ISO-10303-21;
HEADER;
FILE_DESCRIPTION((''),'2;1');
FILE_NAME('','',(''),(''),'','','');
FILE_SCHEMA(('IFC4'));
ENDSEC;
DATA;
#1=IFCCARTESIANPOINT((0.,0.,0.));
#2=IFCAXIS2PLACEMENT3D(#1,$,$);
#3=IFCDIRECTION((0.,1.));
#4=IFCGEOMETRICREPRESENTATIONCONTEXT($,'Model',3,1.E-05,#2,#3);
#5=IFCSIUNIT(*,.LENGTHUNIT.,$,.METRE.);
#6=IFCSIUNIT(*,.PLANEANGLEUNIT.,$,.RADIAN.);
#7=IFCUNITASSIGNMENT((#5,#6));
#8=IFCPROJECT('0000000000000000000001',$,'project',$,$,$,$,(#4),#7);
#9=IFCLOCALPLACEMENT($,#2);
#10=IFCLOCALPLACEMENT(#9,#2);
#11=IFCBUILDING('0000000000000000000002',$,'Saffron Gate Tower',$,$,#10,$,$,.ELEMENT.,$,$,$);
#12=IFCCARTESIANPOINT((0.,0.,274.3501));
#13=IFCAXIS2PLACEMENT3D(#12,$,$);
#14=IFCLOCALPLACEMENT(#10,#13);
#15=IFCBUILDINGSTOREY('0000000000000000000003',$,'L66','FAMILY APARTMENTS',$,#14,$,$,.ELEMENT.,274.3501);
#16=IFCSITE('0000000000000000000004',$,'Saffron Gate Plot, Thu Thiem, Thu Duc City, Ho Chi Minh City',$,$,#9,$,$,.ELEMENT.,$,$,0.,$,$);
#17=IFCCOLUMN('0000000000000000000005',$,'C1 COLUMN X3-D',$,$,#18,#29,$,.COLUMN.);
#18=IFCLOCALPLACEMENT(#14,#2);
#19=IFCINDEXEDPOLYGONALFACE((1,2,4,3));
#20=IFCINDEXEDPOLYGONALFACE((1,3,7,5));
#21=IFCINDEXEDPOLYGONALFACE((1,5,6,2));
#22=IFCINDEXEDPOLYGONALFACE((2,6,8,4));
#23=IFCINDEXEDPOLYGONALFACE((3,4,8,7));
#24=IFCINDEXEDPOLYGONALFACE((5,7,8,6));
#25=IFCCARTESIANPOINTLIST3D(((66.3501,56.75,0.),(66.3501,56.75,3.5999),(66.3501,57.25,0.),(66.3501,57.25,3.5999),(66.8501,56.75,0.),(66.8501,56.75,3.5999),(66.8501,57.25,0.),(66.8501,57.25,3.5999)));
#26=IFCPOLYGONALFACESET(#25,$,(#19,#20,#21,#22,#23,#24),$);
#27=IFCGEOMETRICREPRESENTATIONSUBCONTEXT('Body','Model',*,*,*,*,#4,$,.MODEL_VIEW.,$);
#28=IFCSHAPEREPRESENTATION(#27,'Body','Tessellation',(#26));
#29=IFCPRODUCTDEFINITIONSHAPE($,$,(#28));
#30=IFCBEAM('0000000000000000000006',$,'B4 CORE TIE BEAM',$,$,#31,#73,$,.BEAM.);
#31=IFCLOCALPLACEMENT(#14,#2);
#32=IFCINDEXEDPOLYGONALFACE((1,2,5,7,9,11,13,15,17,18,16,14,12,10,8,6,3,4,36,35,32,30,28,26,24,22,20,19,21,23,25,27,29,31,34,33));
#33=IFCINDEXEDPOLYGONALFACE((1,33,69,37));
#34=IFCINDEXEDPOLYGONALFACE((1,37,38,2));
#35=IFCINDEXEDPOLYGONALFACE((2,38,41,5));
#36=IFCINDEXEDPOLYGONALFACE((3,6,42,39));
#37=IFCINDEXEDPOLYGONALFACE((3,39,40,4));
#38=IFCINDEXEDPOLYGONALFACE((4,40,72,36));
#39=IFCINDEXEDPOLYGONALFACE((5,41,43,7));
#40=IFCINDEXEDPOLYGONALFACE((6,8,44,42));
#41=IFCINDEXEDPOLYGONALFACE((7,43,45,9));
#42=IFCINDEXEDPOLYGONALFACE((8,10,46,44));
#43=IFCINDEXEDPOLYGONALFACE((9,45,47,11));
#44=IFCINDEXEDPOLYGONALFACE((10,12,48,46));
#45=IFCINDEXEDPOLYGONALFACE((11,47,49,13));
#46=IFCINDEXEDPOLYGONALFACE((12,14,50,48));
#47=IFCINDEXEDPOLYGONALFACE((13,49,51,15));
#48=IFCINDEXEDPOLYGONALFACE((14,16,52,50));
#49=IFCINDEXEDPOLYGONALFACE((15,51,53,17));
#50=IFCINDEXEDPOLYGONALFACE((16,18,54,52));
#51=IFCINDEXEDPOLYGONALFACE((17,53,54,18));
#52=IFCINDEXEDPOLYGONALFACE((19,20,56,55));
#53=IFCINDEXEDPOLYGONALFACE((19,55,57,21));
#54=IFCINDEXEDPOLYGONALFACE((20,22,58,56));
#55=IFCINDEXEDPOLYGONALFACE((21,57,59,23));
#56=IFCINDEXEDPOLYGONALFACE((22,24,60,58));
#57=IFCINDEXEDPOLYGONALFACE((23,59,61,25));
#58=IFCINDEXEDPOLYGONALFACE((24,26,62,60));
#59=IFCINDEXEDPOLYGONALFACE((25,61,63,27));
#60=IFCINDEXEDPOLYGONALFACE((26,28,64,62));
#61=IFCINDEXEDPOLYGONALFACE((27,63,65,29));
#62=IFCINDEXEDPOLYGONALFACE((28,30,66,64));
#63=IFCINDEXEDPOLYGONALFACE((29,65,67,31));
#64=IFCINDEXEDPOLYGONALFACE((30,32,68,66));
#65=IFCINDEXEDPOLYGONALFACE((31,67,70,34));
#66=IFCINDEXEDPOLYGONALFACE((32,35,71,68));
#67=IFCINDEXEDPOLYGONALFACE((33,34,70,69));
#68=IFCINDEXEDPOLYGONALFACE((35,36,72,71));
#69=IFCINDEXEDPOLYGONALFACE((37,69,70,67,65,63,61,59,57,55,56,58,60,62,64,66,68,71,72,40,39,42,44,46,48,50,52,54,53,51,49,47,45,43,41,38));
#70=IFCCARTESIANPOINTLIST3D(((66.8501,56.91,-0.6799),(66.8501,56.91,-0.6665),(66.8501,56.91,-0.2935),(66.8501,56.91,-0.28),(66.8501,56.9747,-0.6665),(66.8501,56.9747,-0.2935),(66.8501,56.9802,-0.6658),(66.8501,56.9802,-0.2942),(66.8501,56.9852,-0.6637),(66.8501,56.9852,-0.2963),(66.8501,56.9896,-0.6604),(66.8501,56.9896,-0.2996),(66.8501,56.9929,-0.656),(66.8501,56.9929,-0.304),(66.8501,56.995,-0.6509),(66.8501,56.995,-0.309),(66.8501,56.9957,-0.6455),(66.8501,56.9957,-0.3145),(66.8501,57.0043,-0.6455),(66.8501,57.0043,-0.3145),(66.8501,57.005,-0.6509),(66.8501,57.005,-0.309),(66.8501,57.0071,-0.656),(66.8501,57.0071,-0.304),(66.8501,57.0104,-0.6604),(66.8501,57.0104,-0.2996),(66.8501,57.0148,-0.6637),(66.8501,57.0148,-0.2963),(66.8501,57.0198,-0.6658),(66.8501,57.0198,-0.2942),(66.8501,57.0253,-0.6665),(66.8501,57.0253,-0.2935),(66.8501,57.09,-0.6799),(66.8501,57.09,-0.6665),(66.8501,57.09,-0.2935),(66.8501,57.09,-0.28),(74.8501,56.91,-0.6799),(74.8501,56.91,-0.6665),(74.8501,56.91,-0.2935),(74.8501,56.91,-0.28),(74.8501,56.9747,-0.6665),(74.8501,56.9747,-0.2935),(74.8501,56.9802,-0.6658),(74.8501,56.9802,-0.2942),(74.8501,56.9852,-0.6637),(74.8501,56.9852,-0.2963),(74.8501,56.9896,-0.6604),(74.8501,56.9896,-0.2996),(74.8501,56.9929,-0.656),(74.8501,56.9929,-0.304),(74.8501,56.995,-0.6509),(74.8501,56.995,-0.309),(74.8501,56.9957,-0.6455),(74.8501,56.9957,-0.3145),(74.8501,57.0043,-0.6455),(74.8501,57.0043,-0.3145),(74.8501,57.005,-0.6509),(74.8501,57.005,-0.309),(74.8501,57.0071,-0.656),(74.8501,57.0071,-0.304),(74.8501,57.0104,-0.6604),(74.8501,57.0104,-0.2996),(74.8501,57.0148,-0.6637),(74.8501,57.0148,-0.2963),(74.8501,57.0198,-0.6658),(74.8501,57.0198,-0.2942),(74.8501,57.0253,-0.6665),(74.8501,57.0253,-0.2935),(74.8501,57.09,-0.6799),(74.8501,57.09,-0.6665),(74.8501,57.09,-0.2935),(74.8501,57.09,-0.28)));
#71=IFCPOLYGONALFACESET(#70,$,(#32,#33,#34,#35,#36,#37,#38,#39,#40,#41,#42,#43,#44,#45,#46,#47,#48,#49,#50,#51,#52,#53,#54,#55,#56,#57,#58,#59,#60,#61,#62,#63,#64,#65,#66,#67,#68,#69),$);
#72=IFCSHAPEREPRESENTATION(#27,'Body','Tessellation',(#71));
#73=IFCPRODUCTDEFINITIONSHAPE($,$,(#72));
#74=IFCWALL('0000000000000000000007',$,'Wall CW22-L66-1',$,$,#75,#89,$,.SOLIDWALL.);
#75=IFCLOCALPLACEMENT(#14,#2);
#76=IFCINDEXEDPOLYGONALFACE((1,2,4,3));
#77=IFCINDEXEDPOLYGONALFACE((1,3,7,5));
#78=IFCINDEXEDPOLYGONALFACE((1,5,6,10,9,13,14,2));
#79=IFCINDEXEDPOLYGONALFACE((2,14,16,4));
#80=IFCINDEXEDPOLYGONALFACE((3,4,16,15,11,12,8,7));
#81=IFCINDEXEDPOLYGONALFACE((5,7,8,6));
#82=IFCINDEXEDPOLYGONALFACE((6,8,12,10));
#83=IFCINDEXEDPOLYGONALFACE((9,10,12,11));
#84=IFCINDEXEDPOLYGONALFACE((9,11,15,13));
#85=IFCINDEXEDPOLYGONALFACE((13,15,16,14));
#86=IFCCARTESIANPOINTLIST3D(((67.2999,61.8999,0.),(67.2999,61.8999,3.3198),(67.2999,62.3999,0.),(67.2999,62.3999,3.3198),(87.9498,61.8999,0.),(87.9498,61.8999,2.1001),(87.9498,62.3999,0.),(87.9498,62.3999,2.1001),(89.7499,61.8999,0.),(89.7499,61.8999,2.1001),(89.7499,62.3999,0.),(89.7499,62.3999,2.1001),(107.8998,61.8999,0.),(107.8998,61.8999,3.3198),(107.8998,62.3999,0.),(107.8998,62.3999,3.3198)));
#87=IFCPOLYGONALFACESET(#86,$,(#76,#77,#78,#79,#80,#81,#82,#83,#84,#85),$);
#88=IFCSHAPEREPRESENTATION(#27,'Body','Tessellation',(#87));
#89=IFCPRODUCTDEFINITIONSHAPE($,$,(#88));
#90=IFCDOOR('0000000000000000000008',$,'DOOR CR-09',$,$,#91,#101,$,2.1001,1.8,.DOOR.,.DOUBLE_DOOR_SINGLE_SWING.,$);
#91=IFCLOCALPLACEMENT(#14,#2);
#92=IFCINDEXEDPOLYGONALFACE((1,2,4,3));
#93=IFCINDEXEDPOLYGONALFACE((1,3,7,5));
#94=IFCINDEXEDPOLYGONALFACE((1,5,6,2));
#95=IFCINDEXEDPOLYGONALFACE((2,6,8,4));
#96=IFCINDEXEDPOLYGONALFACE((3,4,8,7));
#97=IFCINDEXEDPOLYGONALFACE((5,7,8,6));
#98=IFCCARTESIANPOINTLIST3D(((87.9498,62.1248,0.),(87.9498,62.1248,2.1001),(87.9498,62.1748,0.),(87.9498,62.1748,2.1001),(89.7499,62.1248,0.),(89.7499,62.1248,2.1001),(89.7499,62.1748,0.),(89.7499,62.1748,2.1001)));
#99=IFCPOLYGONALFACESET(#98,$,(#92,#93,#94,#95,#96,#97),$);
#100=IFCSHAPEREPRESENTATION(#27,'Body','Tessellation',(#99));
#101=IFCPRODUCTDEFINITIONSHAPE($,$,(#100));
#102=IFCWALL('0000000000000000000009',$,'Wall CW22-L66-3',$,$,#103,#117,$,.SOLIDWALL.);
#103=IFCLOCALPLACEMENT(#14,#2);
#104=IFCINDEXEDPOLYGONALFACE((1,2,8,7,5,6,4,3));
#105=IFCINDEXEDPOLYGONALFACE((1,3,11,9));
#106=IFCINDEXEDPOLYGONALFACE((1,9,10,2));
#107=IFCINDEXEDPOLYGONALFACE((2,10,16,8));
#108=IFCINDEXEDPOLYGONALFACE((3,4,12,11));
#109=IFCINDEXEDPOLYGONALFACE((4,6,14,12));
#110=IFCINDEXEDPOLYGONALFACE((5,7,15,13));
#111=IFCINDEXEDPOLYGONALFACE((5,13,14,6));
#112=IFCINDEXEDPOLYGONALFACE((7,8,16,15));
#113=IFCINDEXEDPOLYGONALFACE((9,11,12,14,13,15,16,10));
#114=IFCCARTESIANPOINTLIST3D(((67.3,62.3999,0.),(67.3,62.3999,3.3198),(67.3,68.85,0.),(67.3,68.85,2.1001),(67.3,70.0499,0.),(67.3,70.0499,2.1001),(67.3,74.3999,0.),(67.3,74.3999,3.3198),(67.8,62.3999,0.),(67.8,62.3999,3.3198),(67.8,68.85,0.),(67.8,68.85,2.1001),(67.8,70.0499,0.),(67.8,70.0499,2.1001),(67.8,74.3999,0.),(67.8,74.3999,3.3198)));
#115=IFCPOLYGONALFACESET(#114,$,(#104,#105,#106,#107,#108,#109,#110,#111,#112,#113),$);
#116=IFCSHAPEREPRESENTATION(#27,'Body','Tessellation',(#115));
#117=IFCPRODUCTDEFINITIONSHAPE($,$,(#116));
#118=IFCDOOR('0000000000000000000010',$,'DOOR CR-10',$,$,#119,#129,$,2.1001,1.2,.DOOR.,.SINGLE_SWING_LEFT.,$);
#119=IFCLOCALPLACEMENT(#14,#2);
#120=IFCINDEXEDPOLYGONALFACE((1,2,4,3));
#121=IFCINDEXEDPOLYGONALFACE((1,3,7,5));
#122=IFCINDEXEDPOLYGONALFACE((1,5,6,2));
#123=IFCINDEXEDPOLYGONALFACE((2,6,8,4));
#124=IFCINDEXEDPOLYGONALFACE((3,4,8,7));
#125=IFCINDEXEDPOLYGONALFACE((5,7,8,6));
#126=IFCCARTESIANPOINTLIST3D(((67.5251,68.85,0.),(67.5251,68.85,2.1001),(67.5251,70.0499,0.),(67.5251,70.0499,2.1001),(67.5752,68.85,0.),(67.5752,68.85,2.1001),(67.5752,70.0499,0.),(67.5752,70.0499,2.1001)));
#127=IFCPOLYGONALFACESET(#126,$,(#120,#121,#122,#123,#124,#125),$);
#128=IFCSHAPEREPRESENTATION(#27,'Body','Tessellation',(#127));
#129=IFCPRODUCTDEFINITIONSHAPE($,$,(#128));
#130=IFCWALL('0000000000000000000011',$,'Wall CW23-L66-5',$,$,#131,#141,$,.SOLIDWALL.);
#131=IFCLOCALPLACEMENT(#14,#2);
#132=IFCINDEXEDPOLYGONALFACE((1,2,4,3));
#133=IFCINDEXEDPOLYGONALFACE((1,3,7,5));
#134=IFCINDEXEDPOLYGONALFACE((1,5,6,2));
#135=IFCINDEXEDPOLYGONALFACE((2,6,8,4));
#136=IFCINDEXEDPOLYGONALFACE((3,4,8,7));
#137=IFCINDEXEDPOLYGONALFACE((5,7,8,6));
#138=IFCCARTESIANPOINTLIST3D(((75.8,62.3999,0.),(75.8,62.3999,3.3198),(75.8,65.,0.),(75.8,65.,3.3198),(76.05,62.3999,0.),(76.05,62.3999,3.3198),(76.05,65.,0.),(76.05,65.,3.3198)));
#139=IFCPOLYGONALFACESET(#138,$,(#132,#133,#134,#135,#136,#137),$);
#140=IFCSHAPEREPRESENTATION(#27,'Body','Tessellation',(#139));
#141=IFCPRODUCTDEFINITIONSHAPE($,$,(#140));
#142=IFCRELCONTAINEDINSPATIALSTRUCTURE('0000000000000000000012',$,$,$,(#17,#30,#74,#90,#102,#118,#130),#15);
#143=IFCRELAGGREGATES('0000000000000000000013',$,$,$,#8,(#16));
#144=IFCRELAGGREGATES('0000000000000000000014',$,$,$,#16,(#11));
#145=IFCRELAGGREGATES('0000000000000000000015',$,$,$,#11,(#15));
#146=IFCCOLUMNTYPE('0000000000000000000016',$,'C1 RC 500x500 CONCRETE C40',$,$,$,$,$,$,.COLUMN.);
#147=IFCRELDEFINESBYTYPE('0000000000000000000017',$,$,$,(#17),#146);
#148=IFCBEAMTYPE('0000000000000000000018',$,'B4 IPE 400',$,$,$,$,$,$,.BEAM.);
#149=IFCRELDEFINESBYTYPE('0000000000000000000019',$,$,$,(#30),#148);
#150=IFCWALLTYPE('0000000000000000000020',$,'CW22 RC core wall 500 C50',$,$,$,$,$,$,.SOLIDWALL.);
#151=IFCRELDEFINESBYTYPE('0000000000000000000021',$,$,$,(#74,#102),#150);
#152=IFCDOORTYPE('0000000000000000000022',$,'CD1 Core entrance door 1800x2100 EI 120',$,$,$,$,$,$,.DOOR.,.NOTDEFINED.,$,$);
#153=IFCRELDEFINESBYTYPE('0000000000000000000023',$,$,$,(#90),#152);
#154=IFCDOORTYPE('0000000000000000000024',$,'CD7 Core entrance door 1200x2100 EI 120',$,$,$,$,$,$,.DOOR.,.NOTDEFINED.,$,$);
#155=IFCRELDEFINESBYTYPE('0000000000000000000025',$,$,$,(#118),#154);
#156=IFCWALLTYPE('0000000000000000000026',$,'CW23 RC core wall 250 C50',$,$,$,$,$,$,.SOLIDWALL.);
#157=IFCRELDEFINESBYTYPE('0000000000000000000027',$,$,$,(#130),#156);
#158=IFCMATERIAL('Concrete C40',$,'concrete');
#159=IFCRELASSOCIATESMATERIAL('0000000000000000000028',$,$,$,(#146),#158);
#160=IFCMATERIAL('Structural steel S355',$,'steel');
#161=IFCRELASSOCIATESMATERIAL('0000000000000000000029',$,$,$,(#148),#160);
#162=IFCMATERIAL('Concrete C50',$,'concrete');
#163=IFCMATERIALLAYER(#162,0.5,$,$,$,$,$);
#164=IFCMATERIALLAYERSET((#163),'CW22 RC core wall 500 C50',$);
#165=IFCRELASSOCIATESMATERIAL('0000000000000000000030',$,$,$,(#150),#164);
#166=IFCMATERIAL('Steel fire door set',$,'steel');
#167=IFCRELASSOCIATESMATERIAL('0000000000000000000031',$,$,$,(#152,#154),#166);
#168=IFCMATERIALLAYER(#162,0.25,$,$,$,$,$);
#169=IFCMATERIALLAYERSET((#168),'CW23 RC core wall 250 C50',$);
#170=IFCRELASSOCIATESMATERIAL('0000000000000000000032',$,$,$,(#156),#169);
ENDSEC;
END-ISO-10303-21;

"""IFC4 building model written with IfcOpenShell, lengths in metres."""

from ifc_helpers import new_model, si_unit, direction, frame, frame_2d, origin, origin_2d, place, context, subcontext, project, spatial, rectangle, i_section, extrude, material, layer, layer_set, material_profile, profile_set, type_object, element, fill, save


model = new_model("IFC4")

# Units and contexts
model_context = context("Model", 3, precision=1e-05, world=origin(), true_north=direction((0.0, 1.0)))
body_context = subcontext(model_context, "Body", "Model", "MODEL_VIEW")
ifc_project = project(units=[si_unit("LENGTHUNIT", "METRE"), si_unit("PLANEANGLEUNIT", "RADIAN")], contexts=[model_context])

# Site, building, storey
site_placement = place(None, origin())
site = spatial("IfcSite", under=ifc_project, at=site_placement, Name="Saffron Gate Plot, Thu Thiem, Thu Duc City, Ho Chi Minh City", CompositionType="ELEMENT", RefElevation=0.0)
building_placement = place(site_placement, origin())
building = spatial("IfcBuilding", under=site, at=building_placement, Name="Saffron Gate Tower", CompositionType="ELEMENT")
storey_placement = place(building_placement, frame((0.0, 0.0, 274.3501)))
storey = spatial("IfcBuildingStorey", under=building, at=storey_placement, Name="L66", Description="FAMILY APARTMENTS", CompositionType="ELEMENT", Elevation=274.3501)

# Column
ifc_material_1 = material(Name="Concrete C40", Category="concrete")
ifc_material_profile_1 = material_profile(ifc_material_1, rectangle(XDim=0.5, YDim=0.5, at=origin_2d()))
ifc_profile_set_1 = profile_set([ifc_material_profile_1], Name="Concrete C40")
column_type = type_object("IfcColumnType", Name="C1 RC 500x500 CONCRETE C40", PredefinedType="COLUMN", material=ifc_profile_set_1)
column_placement = place(storey_placement, frame((66.6001, 57.0, 0.0), z_axis=(0.0, 0.0, 1.0), x_axis=(1.0, 0.0, 0.0)))
element("IfcColumn", 1, at=column_placement, inside=storey, type_object=column_type, Name="C1 COLUMN X3-D", PredefinedType="COLUMN", context=body_context, shape_type="SweptSolid", body=[
    extrude(rectangle(XDim=0.5, YDim=0.5, at=origin_2d()), origin(), (0.0, 0.0, 1.0), 3.5999),
])

# Beam
ifc_material_2 = material(Name="Structural steel S355", Category="steel")
ifc_material_profile_2 = material_profile(ifc_material_2, i_section(OverallWidth=0.1799, OverallDepth=0.3999, WebThickness=0.0085, FlangeThickness=0.0134, FilletRadius=0.021, at=origin_2d()))
ifc_profile_set_2 = profile_set([ifc_material_profile_2], Name="Structural steel S355")
beam_type = type_object("IfcBeamType", Name="B4 IPE 400", PredefinedType="BEAM", material=ifc_profile_set_2)
beam_placement = place(storey_placement, frame((66.8501, 57.0, -0.48), z_axis=(1.0, 0.0, 0.0), x_axis=(0.0, 1.0, 0.0)))
element("IfcBeam", 2, at=beam_placement, inside=storey, type_object=beam_type, Name="B4 CORE TIE BEAM", PredefinedType="BEAM", context=body_context, shape_type="SweptSolid", body=[
    extrude(i_section(OverallWidth=0.1799, OverallDepth=0.3999, WebThickness=0.0085, FlangeThickness=0.0134, FilletRadius=0.021, at=origin_2d()), origin(), (0.0, 0.0, 1.0), 8.0),
])

# Walls, openings, doors
ifc_material_3 = material(Name="Concrete C50", Category="concrete")
ifc_layer_1 = layer(ifc_material_3, 0.5)
ifc_layer_set_1 = layer_set([ifc_layer_1], Name="CW22 RC core wall 500 C50")
wall_type_1 = type_object("IfcWallType", Name="CW22 RC core wall 500 C50", PredefinedType="SOLIDWALL", material=ifc_layer_set_1)
wall_1_placement = place(storey_placement, frame((67.3, 62.1499, 0.0), z_axis=(0.0, 0.0, 1.0), x_axis=(1.0, 0.0, 0.0)))
wall_1 = element("IfcWall", 3, at=wall_1_placement, inside=storey, type_object=wall_type_1, Name="Wall CW22-L66-1", PredefinedType="SOLIDWALL", context=body_context, shape_type="SweptSolid", body=[
    extrude(rectangle(XDim=40.5999, YDim=0.5, at=frame_2d((20.2998, 0.0))), origin(), (0.0, 0.0, 1.0), 3.3198),
])
opening_1_placement = place(wall_1_placement, frame((20.6499, 0.0, 0.0)))
opening_1 = element("IfcOpeningElement", 4, at=opening_1_placement, cuts=wall_1, PredefinedType="OPENING", context=body_context, shape_type="SweptSolid", body=[
    extrude(rectangle(XDim=1.8, YDim=2.1001, at=frame_2d((0.8999, 1.05))), frame((0.0, 0.26, 0.0), z_axis=(0.0, -1.0, 0.0), x_axis=(1.0, 0.0, 0.0)), (0.0, 0.0, 1.0), 0.52),
])
ifc_material_4 = material(Name="Steel fire door set", Category="steel")
door_type_1 = type_object("IfcDoorType", Name="CD1 Core entrance door 1800x2100 EI 120", OperationType="NOTDEFINED", PredefinedType="DOOR", material=ifc_material_4)
door_1_placement = place(opening_1_placement, origin())
door_1 = element("IfcDoor", 5, at=door_1_placement, inside=storey, type_object=door_type_1, Name="DOOR CR-09", OperationType="DOUBLE_DOOR_SINGLE_SWING", OverallHeight=2.1001, OverallWidth=1.8, PredefinedType="DOOR", context=body_context, shape_type="SweptSolid", body=[
    extrude(rectangle(XDim=1.8, YDim=2.1001, at=frame_2d((0.8999, 1.05))), frame((0.0, 0.0249, 0.0), z_axis=(0.0, -1.0, 0.0), x_axis=(1.0, 0.0, 0.0)), (0.0, 0.0, 1.0), 0.05),
])
fill(opening_1, door_1)
wall_2_placement = place(storey_placement, frame((67.55, 62.3999, 0.0), z_axis=(0.0, 0.0, 1.0), x_axis=(0.0, 1.0, 0.0)))
wall_2 = element("IfcWall", 6, at=wall_2_placement, inside=storey, type_object=wall_type_1, Name="Wall CW22-L66-3", PredefinedType="SOLIDWALL", context=body_context, shape_type="SweptSolid", body=[
    extrude(rectangle(XDim=12.0, YDim=0.5, at=frame_2d((6.0, 0.0))), origin(), (0.0, 0.0, 1.0), 3.3198),
])
opening_2_placement = place(wall_2_placement, frame((6.45, 0.0, 0.0)))
opening_2 = element("IfcOpeningElement", 7, at=opening_2_placement, cuts=wall_2, PredefinedType="OPENING", context=body_context, shape_type="SweptSolid", body=[
    extrude(rectangle(XDim=1.2, YDim=2.1001, at=frame_2d((0.6001, 1.05))), frame((0.0, 0.26, 0.0), z_axis=(0.0, -1.0, 0.0), x_axis=(1.0, 0.0, 0.0)), (0.0, 0.0, 1.0), 0.52),
])
door_type_2 = type_object("IfcDoorType", Name="CD7 Core entrance door 1200x2100 EI 120", OperationType="NOTDEFINED", PredefinedType="DOOR", material=ifc_material_4)
door_2_placement = place(opening_2_placement, origin())
door_2 = element("IfcDoor", 8, at=door_2_placement, inside=storey, type_object=door_type_2, Name="DOOR CR-10", OperationType="SINGLE_SWING_LEFT", OverallHeight=2.1001, OverallWidth=1.2, PredefinedType="DOOR", context=body_context, shape_type="SweptSolid", body=[
    extrude(rectangle(XDim=1.2, YDim=2.1001, at=frame_2d((0.6001, 1.05))), frame((0.0, 0.0249, 0.0), z_axis=(0.0, -1.0, 0.0), x_axis=(1.0, 0.0, 0.0)), (0.0, 0.0, 1.0), 0.05),
])
fill(opening_2, door_2)

# Wall
ifc_layer_2 = layer(ifc_material_3, 0.25)
ifc_layer_set_2 = layer_set([ifc_layer_2], Name="CW23 RC core wall 250 C50")
wall_type_2 = type_object("IfcWallType", Name="CW23 RC core wall 250 C50", PredefinedType="SOLIDWALL", material=ifc_layer_set_2)
wall_3_placement = place(storey_placement, frame((75.925, 62.3999, 0.0), z_axis=(0.0, 0.0, 1.0), x_axis=(0.0, 1.0, 0.0)))
element("IfcWall", 9, at=wall_3_placement, inside=storey, type_object=wall_type_2, Name="Wall CW23-L66-5", PredefinedType="SOLIDWALL", context=body_context, shape_type="SweptSolid", body=[
    extrude(rectangle(XDim=2.6001, YDim=0.25, at=frame_2d((1.3, 0.0))), origin(), (0.0, 0.0, 1.0), 3.3198),
])

save(model, "model.ifc")
